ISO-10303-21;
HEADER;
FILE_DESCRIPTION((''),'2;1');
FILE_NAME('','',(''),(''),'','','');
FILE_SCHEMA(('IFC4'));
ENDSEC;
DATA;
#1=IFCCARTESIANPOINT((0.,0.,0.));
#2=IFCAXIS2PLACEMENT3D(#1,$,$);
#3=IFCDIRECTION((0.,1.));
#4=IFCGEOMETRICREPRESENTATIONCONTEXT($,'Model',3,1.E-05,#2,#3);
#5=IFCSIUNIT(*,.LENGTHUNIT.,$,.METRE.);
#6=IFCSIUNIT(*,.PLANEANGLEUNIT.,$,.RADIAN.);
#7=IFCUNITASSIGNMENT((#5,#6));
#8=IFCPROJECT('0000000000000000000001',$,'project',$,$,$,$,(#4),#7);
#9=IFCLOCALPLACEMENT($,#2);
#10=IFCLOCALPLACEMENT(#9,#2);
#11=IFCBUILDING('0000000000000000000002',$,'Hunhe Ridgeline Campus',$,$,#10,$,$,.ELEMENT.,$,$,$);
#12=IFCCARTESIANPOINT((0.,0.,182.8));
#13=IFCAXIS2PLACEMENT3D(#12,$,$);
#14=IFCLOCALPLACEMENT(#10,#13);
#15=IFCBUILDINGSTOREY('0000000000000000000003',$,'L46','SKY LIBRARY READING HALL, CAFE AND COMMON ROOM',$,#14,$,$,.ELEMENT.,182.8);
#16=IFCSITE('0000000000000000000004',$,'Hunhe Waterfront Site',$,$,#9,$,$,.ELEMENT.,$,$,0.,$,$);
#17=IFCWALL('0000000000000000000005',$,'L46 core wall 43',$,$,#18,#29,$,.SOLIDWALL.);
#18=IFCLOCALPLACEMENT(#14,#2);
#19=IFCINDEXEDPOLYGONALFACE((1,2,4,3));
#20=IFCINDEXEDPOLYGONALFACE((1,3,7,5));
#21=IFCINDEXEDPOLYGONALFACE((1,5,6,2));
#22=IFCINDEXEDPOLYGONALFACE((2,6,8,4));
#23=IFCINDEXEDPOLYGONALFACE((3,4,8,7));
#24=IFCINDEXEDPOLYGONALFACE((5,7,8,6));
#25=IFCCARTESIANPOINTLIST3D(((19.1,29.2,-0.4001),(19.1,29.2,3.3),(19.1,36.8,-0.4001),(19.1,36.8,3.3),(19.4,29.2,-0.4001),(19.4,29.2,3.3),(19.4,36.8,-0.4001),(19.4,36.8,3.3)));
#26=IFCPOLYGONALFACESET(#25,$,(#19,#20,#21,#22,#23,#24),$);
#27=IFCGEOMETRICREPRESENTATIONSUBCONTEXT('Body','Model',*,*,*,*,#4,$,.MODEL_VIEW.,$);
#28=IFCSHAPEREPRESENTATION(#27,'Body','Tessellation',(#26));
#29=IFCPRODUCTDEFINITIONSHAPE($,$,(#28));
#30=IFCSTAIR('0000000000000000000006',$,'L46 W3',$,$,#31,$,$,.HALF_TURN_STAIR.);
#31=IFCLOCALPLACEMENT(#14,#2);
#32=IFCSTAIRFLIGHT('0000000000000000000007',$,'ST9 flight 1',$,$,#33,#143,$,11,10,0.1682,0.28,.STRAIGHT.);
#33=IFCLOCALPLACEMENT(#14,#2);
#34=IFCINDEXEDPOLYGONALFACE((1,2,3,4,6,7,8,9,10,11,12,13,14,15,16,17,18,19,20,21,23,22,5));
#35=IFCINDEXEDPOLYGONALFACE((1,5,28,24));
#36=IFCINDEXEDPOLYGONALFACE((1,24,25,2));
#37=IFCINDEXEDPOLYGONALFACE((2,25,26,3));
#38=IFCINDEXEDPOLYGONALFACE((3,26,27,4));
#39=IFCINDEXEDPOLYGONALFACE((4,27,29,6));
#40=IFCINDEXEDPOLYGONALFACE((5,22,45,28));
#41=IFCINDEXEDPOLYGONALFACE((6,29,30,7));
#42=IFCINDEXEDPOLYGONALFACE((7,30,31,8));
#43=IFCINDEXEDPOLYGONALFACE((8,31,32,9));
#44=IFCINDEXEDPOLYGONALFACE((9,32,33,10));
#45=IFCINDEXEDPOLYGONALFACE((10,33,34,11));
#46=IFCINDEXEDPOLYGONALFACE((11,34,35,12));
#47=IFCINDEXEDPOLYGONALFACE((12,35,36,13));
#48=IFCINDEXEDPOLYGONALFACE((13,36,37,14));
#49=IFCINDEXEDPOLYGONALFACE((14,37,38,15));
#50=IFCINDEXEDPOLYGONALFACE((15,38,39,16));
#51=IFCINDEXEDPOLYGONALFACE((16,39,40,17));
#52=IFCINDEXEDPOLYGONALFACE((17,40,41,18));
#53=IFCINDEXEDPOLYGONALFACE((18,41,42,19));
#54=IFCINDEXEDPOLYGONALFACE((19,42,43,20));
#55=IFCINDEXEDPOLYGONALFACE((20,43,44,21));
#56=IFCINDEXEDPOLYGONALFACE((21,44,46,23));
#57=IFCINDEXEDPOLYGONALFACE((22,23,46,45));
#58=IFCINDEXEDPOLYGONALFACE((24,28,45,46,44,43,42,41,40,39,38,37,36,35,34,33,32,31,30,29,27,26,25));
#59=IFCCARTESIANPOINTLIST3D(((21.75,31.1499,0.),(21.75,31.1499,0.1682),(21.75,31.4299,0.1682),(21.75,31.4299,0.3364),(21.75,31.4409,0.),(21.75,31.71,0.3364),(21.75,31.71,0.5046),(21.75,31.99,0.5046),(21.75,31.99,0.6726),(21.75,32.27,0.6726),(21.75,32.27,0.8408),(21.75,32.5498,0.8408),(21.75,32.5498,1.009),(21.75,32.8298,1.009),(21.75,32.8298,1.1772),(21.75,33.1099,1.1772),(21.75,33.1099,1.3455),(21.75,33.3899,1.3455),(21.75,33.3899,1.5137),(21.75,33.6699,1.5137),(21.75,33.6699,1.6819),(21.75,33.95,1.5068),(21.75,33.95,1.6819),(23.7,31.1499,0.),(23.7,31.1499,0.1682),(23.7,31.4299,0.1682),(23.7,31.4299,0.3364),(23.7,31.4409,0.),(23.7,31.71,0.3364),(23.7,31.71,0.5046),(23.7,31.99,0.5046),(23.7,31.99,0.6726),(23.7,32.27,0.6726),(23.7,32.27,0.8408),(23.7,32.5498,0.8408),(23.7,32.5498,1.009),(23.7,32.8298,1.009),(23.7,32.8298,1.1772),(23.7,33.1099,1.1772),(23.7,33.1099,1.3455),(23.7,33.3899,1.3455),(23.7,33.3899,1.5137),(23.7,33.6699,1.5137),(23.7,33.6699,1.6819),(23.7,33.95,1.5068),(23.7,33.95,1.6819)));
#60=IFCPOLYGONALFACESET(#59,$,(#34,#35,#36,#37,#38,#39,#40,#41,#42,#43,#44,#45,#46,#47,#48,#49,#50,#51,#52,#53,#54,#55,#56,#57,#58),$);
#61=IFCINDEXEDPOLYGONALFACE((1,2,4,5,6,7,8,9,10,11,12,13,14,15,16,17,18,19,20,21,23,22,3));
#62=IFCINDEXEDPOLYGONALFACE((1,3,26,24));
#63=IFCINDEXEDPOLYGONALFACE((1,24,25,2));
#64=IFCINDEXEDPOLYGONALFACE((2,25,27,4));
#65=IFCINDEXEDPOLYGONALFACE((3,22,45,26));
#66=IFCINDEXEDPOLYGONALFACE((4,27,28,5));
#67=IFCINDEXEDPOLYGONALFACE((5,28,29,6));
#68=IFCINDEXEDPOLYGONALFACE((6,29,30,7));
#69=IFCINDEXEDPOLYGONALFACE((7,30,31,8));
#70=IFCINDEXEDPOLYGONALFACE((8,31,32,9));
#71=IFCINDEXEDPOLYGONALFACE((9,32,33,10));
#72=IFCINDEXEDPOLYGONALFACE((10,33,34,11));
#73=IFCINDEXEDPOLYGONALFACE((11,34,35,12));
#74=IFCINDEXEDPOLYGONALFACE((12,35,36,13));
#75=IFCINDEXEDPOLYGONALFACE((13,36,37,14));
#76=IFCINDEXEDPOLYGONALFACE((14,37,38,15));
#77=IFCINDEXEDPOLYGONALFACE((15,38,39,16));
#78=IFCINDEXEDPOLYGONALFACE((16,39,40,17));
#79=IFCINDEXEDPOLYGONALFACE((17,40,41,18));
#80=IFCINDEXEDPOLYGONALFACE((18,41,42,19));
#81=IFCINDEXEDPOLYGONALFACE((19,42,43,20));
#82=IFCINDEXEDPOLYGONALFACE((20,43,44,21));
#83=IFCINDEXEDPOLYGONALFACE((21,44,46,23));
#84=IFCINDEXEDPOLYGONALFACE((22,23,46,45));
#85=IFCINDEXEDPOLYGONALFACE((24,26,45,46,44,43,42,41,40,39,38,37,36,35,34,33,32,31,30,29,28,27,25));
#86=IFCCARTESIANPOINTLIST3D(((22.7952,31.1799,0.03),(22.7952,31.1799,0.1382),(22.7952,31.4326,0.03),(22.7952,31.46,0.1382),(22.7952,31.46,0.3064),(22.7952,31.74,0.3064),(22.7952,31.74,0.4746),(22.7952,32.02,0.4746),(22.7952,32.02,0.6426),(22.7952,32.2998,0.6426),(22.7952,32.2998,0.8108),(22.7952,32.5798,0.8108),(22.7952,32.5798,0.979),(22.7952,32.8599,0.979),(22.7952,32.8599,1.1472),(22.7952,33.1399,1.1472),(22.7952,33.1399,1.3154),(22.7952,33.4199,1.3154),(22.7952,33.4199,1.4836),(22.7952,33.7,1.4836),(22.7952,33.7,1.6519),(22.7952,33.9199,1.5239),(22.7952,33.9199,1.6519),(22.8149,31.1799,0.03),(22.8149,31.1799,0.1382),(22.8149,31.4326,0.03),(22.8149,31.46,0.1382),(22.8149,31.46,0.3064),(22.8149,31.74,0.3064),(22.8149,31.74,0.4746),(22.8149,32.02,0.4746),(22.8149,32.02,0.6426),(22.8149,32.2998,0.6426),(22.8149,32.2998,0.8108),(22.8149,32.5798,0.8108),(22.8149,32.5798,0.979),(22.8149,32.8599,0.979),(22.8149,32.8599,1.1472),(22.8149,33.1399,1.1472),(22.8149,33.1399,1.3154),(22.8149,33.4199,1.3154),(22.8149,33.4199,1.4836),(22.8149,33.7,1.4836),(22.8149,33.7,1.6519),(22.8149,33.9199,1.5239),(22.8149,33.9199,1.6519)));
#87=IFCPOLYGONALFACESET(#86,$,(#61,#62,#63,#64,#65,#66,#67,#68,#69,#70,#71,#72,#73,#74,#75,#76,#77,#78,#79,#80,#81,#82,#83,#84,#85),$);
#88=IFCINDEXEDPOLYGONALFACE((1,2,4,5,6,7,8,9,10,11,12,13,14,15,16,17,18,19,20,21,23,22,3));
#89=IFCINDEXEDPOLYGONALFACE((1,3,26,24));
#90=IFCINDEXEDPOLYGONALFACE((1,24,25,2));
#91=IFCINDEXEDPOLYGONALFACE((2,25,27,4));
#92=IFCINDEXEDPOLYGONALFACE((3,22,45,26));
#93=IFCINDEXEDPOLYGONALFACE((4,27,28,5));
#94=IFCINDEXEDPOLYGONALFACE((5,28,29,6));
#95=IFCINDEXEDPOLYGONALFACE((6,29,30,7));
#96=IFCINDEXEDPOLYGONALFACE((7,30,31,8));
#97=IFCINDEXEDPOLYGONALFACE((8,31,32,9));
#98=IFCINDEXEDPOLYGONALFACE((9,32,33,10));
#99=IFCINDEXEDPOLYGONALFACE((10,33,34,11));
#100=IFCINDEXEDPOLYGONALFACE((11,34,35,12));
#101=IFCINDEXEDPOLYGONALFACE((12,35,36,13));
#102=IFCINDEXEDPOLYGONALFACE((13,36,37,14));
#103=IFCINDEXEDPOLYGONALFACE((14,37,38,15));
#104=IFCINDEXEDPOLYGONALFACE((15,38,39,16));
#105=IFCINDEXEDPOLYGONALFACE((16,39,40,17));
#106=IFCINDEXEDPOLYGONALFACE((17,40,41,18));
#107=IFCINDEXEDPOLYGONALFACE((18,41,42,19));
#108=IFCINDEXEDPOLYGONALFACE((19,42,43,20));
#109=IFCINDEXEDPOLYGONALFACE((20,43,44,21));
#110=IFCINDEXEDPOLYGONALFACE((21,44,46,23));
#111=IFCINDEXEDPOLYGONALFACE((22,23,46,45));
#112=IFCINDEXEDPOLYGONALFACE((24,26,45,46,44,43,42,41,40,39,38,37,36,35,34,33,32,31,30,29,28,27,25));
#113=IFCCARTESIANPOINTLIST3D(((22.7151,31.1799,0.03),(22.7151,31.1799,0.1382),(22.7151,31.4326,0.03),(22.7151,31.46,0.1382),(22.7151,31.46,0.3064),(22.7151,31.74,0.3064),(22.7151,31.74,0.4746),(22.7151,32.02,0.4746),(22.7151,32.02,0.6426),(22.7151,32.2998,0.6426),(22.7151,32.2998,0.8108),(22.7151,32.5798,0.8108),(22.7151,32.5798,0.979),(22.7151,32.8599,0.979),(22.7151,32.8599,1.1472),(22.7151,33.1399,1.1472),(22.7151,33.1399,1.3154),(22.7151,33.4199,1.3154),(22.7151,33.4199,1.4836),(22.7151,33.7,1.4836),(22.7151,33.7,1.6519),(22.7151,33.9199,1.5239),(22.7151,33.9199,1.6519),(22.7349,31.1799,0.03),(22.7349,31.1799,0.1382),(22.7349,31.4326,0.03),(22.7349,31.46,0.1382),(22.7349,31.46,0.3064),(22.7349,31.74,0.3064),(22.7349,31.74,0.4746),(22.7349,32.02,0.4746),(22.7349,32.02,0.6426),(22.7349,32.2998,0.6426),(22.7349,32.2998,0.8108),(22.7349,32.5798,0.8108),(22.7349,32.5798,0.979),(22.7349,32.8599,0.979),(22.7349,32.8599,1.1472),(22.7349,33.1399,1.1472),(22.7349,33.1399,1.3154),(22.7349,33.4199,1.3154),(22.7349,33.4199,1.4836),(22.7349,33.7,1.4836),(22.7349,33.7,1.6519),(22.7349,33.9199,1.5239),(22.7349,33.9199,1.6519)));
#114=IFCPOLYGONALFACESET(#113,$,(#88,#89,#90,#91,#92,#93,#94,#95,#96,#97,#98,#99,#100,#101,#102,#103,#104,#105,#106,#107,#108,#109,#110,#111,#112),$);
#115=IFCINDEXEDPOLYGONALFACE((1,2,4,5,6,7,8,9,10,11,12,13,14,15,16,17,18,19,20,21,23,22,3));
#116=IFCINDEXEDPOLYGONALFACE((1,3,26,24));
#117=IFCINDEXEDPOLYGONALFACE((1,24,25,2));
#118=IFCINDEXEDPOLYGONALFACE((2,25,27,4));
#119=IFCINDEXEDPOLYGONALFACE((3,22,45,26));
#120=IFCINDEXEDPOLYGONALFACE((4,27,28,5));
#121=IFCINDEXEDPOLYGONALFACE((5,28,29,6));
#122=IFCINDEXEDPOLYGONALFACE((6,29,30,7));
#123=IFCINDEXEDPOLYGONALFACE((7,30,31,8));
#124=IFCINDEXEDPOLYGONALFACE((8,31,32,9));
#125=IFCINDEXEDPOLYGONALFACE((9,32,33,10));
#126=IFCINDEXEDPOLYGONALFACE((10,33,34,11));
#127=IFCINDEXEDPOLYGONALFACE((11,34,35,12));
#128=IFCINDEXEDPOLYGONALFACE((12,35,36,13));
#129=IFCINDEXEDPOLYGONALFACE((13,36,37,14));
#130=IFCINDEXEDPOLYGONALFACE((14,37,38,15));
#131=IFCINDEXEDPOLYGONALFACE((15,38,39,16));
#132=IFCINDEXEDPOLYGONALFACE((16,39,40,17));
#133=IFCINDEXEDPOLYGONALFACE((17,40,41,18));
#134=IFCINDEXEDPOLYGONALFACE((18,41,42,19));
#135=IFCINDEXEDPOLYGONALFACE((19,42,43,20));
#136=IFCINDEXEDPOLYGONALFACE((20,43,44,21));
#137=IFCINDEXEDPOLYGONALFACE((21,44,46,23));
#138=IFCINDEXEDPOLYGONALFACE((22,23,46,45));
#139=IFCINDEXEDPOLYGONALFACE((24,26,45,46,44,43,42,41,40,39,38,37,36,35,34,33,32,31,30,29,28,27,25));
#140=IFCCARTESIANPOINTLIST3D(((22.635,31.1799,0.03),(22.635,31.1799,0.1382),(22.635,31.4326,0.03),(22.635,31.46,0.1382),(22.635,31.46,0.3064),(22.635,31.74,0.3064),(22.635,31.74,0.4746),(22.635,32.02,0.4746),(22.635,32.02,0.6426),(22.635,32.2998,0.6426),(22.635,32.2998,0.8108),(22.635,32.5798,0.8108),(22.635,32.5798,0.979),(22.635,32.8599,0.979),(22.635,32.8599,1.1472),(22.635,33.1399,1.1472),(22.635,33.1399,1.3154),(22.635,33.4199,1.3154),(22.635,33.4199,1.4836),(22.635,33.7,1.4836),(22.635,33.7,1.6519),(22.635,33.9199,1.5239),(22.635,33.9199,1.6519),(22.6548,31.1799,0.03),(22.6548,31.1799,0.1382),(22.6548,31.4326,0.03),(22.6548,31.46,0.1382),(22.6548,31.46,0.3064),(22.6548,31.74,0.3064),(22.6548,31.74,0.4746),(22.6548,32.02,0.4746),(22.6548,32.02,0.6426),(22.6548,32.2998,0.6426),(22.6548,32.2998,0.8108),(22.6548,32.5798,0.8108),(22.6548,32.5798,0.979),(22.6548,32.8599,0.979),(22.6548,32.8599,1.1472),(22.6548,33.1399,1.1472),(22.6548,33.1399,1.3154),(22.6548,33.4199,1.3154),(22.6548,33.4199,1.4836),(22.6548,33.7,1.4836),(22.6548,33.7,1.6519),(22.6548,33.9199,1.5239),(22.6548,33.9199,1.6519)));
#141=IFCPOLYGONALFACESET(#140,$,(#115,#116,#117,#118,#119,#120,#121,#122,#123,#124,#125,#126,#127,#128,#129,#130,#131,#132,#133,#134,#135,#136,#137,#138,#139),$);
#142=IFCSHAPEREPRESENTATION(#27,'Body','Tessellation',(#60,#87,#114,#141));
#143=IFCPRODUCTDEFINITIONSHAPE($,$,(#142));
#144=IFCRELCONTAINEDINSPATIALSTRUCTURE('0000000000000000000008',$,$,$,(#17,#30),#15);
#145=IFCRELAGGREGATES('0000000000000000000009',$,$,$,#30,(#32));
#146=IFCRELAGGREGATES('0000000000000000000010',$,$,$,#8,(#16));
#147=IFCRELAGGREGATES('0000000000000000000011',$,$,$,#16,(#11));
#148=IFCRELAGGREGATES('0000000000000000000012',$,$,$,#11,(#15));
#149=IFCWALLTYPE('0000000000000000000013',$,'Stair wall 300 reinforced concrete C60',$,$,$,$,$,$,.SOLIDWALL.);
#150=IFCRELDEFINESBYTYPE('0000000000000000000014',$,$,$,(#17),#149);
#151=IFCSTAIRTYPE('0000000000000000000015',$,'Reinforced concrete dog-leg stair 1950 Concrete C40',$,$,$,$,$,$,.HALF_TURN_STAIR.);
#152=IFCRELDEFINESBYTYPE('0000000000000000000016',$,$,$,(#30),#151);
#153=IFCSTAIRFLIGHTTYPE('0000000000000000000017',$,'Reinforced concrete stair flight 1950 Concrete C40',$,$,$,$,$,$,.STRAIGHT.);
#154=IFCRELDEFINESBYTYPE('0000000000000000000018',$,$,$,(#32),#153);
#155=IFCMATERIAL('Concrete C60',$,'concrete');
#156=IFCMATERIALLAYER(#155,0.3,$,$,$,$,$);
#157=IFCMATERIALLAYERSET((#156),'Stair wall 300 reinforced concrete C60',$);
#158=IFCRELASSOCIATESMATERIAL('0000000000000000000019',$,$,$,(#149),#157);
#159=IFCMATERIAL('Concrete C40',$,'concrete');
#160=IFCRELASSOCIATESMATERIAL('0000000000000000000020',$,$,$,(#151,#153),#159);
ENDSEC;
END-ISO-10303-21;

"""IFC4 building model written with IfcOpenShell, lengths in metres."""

from ifc_helpers import new_model, si_unit, direction, frame, frame_2d, origin, place, context, subcontext, project, spatial, polyline, rectangle, outline, extrude, material, layer, layer_set, type_object, element, aggregate, save


model = new_model("IFC4")

# Units and contexts
model_context = context("Model", 3, precision=1e-05, world=origin(), true_north=direction((0.0, 1.0)))
body_context = subcontext(model_context, "Body", "Model", "MODEL_VIEW")
ifc_project = project(units=[si_unit("LENGTHUNIT", "METRE"), si_unit("PLANEANGLEUNIT", "RADIAN")], contexts=[model_context])

# Site, building, storey
site_placement = place(None, origin())
site = spatial("IfcSite", under=ifc_project, at=site_placement, Name="Hunhe Waterfront Site", CompositionType="ELEMENT", RefElevation=0.0)
building_placement = place(site_placement, origin())
building = spatial("IfcBuilding", under=site, at=building_placement, Name="Hunhe Ridgeline Campus", CompositionType="ELEMENT")
storey_placement = place(building_placement, frame((0.0, 0.0, 182.8)))
storey = spatial("IfcBuildingStorey", under=building, at=storey_placement, Name="L46", Description="SKY LIBRARY READING HALL, CAFE AND COMMON ROOM", CompositionType="ELEMENT", Elevation=182.8)

# Shared definitions
ifc_material_1 = material(Name="Concrete C60", Category="concrete")

# Wall
ifc_layer_1 = layer(ifc_material_1, 0.3)
ifc_layer_set_1 = layer_set([ifc_layer_1], Name="Stair wall 300 reinforced concrete C60")
wall_type_1 = type_object("IfcWallType", Name="Stair wall 300 reinforced concrete C60", PredefinedType="SOLIDWALL", material=ifc_layer_set_1)
wall_1_placement = place(storey_placement, frame((19.25, 29.2, -0.4001), z_axis=(0.0, 0.0, 1.0), x_axis=(0.0, 1.0, 0.0)))
element("IfcWall", 1, at=wall_1_placement, inside=storey, type_object=wall_type_1, Name="L46 core wall 43", PredefinedType="SOLIDWALL", context=body_context, shape_type="SweptSolid", body=[
    extrude(rectangle(XDim=7.6001, YDim=0.3, at=frame_2d((3.8, 0.0))), origin(), (0.0, 0.0, 1.0), 3.7002),
])

# Stair, stair flight
ifc_material_2 = material(Name="Concrete C40", Category="concrete")
stair_type = type_object("IfcStairType", Name="Reinforced concrete dog-leg stair 1950 Concrete C40", PredefinedType="HALF_TURN_STAIR", material=ifc_material_2)
stair_placement = place(storey_placement, origin())
stair = element("IfcStair", 2, at=stair_placement, inside=storey, type_object=stair_type, Name="L46 W3", PredefinedType="HALF_TURN_STAIR")
stair_flight_type = type_object("IfcStairFlightType", Name="Reinforced concrete stair flight 1950 Concrete C40", PredefinedType="STRAIGHT", material=ifc_material_2)
stair_flight_1_placement = place(storey_placement, frame((22.7251, 31.1499, 0.0), z_axis=(0.0, 0.0, 1.0), x_axis=(0.0, 1.0, 0.0)))
stair_flight_1 = element("IfcStairFlight", 3, at=stair_flight_1_placement, type_object=stair_flight_type, Name="ST9 flight 1", NumberOfRisers=11, NumberOfTreads=10, PredefinedType="STRAIGHT", RiserHeight=0.1682, TreadLength=0.28, context=body_context, shape_type="SweptSolid", body=[
    extrude(outline(polyline([(0.0, 0.0), (0.0, 0.1682), (0.28, 0.1682), (0.28, 0.3364), (0.5601, 0.3364), (0.5601, 0.5046), (0.8401, 0.5046), (0.8401, 0.6726), (1.1201, 0.6726), (1.1201, 0.8408), (1.3999, 0.8408), (1.3999, 1.009), (1.6799, 1.009), (1.6799, 1.1772), (1.96, 1.1772), (1.96, 1.3455), (2.24, 1.3455), (2.24, 1.5137), (2.52, 1.5137), (2.52, 1.6819), (2.8, 1.6819), (2.8, 1.8501), (2.8, 1.5068), (0.291, 0.0), (0.0, 0.0)])), frame((0.0, 0.9751, 0.0), z_axis=(0.0, -1.0, 0.0), x_axis=(1.0, 0.0, 0.0)), (0.0, 0.0, 1.0), 1.95),
    extrude(outline(polyline([(0.03, 0.03), (0.03, 0.1382), (0.3101, 0.1382), (0.3101, 0.3064), (0.5901, 0.3064), (0.5901, 0.4746), (0.8701, 0.4746), (0.8701, 0.6426), (1.1499, 0.6426), (1.1499, 0.8108), (1.4299, 0.8108), (1.4299, 0.979), (1.71, 0.979), (1.71, 1.1472), (1.99, 1.1472), (1.99, 1.3154), (2.27, 1.3154), (2.27, 1.4836), (2.55, 1.4836), (2.55, 1.6519), (2.77, 1.6519), (2.77, 1.5239), (0.2827, 0.03), (0.03, 0.03)])), frame((0.0, -0.0701, 0.0), z_axis=(0.0, -1.0, 0.0), x_axis=(1.0, 0.0, 0.0)), (0.0, 0.0, 1.0), 0.0198),
    extrude(outline(polyline([(0.03, 0.03), (0.03, 0.1382), (0.3101, 0.1382), (0.3101, 0.3064), (0.5901, 0.3064), (0.5901, 0.4746), (0.8701, 0.4746), (0.8701, 0.6426), (1.1499, 0.6426), (1.1499, 0.8108), (1.4299, 0.8108), (1.4299, 0.979), (1.71, 0.979), (1.71, 1.1472), (1.99, 1.1472), (1.99, 1.3154), (2.27, 1.3154), (2.27, 1.4836), (2.55, 1.4836), (2.55, 1.6519), (2.77, 1.6519), (2.77, 1.5239), (0.2827, 0.03), (0.03, 0.03)])), frame((0.0, 0.01, 0.0), z_axis=(0.0, -1.0, 0.0), x_axis=(1.0, 0.0, 0.0)), (0.0, 0.0, 1.0), 0.0198),
    extrude(outline(polyline([(0.03, 0.03), (0.03, 0.1382), (0.3101, 0.1382), (0.3101, 0.3064), (0.5901, 0.3064), (0.5901, 0.4746), (0.8701, 0.4746), (0.8701, 0.6426), (1.1499, 0.6426), (1.1499, 0.8108), (1.4299, 0.8108), (1.4299, 0.979), (1.71, 0.979), (1.71, 1.1472), (1.99, 1.1472), (1.99, 1.3154), (2.27, 1.3154), (2.27, 1.4836), (2.55, 1.4836), (2.55, 1.6519), (2.77, 1.6519), (2.77, 1.5239), (0.2827, 0.03), (0.03, 0.03)])), frame((0.0, 0.0901, 0.0), z_axis=(0.0, -1.0, 0.0), x_axis=(1.0, 0.0, 0.0)), (0.0, 0.0, 1.0), 0.0198),
])
aggregate(stair, [stair_flight_1])

save(model, "model.ifc")
